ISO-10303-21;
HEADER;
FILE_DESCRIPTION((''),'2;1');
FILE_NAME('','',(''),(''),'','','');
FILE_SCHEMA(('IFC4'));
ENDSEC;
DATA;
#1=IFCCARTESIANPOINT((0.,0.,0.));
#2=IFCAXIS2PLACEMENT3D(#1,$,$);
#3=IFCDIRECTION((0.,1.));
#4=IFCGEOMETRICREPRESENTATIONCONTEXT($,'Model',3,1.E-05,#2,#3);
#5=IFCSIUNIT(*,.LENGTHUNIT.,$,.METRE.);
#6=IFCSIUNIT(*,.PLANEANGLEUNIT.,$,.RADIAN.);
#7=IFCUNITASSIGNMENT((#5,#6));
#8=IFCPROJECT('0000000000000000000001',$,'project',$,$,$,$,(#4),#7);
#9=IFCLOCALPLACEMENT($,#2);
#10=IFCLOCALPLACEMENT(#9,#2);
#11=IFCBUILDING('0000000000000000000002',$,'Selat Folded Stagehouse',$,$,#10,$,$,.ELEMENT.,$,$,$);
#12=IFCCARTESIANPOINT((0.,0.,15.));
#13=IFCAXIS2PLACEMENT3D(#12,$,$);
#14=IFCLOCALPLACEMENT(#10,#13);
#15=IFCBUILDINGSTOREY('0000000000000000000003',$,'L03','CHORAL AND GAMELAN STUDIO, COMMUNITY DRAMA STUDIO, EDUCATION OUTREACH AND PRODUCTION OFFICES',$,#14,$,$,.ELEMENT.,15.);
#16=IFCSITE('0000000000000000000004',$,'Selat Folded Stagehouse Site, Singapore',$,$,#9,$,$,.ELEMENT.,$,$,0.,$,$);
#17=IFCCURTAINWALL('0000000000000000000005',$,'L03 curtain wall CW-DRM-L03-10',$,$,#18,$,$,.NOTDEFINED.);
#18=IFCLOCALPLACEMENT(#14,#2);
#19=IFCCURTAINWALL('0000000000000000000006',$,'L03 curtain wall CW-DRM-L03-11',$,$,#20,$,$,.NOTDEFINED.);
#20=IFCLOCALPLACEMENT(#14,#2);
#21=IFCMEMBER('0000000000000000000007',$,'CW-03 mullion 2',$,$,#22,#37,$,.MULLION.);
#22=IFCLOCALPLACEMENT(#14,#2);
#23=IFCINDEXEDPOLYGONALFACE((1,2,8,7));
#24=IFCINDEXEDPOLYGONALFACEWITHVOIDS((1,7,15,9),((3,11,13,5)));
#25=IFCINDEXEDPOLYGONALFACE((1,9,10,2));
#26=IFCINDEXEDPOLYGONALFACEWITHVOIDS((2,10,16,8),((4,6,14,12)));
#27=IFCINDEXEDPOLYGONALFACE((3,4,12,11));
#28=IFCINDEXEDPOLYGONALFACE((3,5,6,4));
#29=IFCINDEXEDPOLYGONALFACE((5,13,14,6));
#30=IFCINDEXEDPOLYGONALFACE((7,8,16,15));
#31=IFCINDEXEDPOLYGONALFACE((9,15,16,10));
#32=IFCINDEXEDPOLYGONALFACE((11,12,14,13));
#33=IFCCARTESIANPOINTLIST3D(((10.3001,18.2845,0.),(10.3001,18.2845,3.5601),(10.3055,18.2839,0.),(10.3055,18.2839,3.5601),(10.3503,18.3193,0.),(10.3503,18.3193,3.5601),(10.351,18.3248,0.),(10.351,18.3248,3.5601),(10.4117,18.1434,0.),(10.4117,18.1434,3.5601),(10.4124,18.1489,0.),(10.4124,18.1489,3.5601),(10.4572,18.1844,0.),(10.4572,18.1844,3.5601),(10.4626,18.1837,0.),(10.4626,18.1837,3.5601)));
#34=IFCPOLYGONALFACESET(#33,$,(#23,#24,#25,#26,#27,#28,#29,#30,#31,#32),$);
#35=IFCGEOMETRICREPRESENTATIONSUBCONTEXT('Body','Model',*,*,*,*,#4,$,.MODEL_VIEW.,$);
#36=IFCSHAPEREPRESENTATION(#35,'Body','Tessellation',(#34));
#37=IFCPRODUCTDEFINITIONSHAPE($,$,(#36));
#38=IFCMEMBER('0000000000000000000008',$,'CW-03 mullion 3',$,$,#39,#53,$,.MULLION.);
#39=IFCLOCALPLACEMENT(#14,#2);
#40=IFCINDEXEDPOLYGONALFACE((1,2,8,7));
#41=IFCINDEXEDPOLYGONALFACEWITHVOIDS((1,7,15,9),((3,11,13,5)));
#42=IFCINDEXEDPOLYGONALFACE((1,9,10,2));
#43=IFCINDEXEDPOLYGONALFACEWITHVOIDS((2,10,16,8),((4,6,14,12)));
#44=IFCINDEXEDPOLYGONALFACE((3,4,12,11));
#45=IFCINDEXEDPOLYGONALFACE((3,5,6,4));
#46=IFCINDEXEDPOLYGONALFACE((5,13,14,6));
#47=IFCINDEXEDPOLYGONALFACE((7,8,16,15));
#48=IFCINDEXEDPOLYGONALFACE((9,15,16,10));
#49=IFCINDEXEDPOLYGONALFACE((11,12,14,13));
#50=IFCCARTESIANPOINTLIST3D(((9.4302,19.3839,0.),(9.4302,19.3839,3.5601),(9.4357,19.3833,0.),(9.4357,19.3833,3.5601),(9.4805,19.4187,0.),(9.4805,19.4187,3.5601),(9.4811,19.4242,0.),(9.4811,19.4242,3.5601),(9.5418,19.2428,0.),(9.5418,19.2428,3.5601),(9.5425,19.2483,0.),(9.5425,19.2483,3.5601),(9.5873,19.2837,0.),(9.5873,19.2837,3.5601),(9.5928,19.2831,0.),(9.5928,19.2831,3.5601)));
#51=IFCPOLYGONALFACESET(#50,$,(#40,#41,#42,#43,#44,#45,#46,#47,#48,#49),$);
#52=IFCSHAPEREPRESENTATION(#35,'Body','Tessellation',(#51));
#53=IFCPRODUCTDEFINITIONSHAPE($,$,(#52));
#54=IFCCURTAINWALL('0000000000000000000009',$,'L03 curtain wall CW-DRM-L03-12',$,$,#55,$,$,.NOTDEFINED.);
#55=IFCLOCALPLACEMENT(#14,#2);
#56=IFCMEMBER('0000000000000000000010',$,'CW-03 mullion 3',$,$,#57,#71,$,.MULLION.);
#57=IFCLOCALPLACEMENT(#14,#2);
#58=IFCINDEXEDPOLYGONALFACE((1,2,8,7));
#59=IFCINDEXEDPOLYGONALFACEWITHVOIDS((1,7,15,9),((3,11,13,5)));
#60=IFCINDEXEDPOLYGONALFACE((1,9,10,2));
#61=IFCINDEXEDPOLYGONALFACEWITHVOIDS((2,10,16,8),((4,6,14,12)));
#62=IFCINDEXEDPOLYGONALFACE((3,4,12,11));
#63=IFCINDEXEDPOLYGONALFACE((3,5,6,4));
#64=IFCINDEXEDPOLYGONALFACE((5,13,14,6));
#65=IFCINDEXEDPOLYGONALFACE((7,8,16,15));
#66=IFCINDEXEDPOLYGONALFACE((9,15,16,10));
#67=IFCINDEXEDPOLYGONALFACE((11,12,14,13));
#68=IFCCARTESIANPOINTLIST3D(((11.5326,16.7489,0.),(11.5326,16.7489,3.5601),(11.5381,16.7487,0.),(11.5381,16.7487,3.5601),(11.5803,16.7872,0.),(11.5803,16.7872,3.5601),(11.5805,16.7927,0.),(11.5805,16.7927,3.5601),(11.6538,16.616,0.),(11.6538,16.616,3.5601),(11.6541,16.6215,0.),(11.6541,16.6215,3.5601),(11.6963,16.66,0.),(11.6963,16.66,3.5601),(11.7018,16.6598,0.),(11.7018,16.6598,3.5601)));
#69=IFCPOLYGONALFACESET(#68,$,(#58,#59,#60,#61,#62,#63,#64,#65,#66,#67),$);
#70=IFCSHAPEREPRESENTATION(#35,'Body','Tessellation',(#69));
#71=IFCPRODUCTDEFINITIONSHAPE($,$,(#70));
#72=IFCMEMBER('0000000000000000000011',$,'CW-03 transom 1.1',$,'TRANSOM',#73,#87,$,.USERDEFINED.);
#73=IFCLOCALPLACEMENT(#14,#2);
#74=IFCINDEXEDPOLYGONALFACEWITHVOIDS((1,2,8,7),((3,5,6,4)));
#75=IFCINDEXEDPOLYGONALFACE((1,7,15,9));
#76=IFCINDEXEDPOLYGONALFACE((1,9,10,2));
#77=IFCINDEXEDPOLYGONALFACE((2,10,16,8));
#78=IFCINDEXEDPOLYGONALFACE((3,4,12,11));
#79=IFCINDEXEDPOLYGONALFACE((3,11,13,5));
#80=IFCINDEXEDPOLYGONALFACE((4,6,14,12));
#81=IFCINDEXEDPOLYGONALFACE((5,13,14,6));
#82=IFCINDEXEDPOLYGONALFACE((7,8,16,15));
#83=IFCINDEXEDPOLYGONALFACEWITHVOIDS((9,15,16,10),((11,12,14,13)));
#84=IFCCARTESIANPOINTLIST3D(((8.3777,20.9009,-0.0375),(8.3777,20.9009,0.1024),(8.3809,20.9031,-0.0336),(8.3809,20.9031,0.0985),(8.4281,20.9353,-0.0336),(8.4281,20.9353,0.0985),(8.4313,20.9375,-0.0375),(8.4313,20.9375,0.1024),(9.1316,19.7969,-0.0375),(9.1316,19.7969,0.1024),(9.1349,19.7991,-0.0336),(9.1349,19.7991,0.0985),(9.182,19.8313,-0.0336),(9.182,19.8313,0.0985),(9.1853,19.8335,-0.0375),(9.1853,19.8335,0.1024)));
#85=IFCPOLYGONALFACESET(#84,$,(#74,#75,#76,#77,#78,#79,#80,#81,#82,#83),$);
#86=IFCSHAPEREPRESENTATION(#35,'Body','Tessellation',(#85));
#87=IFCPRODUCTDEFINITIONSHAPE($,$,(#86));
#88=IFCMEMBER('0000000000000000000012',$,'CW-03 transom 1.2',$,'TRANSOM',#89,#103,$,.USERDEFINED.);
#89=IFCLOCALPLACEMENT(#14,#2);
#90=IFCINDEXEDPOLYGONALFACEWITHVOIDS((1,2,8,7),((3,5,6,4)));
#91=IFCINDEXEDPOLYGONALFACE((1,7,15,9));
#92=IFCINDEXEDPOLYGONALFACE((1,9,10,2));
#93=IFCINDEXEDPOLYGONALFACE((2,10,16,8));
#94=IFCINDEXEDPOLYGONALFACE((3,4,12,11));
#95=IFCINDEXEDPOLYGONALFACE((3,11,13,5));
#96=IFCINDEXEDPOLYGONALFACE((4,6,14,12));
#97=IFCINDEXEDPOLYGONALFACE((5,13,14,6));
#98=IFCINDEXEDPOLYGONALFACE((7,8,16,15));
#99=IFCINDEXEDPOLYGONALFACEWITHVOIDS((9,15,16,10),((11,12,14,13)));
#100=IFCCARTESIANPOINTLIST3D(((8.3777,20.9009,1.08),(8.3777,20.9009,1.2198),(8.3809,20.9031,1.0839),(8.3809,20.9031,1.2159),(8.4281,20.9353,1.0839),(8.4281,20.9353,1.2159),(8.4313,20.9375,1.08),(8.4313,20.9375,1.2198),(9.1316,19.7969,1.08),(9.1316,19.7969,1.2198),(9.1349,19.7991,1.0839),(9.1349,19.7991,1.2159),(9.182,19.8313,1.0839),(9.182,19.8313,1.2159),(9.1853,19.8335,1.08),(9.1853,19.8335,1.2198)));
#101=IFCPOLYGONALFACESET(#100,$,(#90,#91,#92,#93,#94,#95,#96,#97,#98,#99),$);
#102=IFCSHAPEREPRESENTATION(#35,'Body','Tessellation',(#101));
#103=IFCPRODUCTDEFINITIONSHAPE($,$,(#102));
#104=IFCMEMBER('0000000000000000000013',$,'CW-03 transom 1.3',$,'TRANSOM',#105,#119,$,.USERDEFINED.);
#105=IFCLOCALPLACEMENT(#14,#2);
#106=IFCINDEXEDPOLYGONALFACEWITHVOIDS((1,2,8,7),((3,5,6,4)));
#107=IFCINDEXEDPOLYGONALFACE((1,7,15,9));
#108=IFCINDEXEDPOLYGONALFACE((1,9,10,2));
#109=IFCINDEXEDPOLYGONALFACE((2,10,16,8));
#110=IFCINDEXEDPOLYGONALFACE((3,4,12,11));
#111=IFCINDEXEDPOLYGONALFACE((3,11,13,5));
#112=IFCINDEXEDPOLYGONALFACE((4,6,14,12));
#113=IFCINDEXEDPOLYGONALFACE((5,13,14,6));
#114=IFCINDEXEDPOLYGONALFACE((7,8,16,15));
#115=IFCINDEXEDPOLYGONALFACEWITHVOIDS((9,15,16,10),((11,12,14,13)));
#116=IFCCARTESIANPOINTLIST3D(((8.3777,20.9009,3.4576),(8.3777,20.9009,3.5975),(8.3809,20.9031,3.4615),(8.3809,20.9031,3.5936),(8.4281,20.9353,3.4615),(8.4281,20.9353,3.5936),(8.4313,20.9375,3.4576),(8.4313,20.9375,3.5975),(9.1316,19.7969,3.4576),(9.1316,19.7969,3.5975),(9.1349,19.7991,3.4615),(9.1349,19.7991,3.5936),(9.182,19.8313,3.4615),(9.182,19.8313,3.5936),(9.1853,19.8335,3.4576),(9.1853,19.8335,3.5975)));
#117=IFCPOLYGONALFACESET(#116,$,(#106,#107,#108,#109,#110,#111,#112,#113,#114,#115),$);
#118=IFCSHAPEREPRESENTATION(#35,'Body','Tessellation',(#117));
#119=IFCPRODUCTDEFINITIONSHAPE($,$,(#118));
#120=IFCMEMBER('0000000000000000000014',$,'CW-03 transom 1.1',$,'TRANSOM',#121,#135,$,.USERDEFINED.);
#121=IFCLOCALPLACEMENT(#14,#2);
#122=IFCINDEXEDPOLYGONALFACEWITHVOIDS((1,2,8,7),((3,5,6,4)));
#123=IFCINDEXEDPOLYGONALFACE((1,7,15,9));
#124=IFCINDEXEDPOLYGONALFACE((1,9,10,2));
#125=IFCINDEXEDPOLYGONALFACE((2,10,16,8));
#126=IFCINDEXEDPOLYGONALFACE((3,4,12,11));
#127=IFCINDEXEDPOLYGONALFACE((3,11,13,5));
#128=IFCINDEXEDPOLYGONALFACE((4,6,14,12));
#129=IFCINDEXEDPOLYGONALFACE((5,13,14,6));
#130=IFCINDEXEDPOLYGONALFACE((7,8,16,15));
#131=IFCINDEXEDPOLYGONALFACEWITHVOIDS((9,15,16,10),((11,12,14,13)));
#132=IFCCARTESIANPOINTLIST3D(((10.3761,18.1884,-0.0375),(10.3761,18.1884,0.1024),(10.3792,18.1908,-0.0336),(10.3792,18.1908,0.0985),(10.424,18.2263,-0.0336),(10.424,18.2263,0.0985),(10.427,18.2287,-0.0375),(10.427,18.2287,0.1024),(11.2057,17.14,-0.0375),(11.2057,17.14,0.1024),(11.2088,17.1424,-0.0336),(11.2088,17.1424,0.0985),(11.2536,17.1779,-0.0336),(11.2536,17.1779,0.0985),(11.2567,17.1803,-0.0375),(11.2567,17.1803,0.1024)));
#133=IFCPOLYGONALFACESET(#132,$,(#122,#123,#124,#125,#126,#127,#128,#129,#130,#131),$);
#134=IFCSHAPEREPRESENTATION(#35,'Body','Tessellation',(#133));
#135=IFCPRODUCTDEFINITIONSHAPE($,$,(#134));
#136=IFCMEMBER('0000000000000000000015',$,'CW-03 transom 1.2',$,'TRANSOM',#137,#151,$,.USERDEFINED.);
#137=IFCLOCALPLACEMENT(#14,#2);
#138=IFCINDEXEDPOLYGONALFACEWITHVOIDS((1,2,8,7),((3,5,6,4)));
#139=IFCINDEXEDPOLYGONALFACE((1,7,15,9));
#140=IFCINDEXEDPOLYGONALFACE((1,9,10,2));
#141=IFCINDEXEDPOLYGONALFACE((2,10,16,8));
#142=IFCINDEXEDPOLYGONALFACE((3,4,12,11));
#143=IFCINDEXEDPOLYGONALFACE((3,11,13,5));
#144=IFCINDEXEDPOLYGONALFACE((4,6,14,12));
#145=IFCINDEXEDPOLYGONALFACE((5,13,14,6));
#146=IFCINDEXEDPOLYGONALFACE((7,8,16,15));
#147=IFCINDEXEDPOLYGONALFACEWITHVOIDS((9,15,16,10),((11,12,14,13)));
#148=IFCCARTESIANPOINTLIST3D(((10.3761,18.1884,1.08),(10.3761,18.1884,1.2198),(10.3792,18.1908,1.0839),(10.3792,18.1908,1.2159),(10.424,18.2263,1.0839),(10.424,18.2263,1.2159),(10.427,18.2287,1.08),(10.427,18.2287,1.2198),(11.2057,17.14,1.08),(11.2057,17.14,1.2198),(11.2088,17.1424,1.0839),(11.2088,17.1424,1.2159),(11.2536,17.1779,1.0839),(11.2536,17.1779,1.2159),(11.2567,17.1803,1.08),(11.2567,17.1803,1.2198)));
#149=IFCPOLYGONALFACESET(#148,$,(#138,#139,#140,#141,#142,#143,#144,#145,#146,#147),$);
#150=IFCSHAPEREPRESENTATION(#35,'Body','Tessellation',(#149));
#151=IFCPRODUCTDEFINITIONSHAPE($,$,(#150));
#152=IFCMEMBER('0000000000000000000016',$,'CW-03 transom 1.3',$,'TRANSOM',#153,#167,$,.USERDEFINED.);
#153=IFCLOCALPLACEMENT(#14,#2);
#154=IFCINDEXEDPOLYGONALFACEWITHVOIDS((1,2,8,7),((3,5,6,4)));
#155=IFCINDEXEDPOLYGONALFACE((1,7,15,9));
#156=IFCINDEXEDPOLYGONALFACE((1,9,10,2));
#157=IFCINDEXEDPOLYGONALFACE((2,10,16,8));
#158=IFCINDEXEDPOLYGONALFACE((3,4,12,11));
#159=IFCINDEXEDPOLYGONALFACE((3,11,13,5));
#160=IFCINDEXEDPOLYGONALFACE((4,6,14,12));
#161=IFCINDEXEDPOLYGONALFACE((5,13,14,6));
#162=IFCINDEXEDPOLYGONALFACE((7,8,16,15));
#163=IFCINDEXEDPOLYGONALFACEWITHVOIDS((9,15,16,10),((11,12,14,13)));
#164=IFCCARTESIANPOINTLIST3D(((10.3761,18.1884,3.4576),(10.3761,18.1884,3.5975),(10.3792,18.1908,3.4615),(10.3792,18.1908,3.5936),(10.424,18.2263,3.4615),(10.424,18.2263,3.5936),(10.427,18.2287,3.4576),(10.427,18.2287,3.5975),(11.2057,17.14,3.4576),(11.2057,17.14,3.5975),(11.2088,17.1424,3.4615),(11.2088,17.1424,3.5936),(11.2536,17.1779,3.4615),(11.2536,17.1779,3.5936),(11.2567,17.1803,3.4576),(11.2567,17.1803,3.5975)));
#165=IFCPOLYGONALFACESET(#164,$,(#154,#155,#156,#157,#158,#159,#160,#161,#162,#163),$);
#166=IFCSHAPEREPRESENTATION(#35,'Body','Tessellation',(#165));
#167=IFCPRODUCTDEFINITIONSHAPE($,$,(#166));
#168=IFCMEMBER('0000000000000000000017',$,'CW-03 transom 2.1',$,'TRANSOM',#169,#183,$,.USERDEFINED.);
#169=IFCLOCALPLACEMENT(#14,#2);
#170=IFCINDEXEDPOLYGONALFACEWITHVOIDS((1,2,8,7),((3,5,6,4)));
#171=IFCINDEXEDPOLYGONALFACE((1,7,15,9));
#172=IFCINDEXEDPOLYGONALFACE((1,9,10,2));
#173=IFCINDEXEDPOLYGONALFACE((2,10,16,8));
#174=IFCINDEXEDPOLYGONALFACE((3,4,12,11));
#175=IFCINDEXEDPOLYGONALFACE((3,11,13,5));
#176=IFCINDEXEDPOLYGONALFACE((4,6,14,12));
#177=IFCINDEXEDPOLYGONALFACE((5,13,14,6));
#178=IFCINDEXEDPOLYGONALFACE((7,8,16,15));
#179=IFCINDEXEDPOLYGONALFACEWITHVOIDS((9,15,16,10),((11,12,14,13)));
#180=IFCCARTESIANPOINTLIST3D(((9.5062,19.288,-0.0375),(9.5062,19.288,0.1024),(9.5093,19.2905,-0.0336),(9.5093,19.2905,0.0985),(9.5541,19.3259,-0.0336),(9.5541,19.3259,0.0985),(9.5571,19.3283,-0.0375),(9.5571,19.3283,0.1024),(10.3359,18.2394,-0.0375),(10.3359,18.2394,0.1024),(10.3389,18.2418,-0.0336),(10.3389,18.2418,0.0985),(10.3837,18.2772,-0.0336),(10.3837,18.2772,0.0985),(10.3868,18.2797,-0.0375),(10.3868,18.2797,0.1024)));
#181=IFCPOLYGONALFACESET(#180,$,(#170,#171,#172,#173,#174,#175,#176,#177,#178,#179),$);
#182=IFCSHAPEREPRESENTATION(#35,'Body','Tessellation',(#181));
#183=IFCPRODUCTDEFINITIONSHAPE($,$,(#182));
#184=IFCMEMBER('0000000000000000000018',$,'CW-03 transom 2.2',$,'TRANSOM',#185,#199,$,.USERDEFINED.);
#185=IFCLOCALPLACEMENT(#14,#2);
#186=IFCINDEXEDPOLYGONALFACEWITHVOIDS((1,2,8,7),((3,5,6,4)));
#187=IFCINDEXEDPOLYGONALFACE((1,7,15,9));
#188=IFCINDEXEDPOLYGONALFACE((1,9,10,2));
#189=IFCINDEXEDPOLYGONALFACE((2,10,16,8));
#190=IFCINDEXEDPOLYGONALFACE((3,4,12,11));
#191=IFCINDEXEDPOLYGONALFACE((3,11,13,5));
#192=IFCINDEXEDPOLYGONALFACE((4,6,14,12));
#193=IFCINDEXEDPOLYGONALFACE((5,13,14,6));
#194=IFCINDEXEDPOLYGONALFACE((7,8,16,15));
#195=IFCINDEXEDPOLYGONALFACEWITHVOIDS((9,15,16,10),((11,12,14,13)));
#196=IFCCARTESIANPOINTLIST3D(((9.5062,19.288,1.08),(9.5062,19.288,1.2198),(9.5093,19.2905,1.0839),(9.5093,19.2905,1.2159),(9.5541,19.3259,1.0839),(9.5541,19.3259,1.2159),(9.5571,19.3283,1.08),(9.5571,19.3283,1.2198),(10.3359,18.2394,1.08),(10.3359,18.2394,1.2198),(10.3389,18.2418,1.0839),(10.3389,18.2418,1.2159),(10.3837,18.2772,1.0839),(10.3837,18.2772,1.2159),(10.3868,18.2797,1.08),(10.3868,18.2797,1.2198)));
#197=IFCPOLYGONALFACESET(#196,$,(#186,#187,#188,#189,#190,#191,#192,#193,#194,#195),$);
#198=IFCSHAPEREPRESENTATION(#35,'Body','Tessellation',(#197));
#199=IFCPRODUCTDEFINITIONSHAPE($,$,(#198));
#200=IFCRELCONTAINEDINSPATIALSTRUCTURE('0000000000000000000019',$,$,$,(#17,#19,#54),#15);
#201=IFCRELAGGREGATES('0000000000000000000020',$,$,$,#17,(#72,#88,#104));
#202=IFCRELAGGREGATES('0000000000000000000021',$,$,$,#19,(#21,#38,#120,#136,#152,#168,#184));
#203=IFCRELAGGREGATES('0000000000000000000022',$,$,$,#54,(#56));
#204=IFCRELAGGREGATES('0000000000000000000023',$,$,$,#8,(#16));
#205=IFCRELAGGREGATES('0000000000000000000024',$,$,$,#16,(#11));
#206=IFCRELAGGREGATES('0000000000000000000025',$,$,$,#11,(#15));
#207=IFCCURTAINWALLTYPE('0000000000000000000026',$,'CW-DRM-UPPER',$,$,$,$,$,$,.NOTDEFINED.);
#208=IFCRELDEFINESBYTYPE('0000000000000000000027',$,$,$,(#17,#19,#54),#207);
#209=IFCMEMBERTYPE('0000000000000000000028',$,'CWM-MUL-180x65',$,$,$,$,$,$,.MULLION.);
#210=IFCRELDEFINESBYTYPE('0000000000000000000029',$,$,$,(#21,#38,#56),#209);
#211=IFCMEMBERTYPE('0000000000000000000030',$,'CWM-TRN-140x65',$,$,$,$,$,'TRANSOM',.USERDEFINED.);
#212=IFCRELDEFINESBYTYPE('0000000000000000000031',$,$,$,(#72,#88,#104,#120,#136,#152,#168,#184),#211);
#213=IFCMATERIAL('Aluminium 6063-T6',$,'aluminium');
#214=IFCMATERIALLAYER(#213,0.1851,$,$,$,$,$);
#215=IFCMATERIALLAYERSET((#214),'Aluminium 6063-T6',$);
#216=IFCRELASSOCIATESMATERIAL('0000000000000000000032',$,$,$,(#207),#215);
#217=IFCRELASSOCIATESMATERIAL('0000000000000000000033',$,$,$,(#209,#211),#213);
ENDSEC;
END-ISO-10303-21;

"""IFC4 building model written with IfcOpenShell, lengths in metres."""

from ifc_helpers import new_model, si_unit, direction, frame, origin, origin_2d, place, context, subcontext, project, spatial, hollow_rectangle, extrude, material, layer, layer_set, material_profile, profile_set, type_object, element, aggregate, save


model = new_model("IFC4")

# Units and contexts
model_context = context("Model", 3, precision=1e-05, world=origin(), true_north=direction((0.0, 1.0)))
body_context = subcontext(model_context, "Body", "Model", "MODEL_VIEW")
ifc_project = project(units=[si_unit("LENGTHUNIT", "METRE"), si_unit("PLANEANGLEUNIT", "RADIAN")], contexts=[model_context])

# Site, building, storey
site_placement = place(None, origin())
site = spatial("IfcSite", under=ifc_project, at=site_placement, Name="Selat Folded Stagehouse Site, Singapore", CompositionType="ELEMENT", RefElevation=0.0)
building_placement = place(site_placement, origin())
building = spatial("IfcBuilding", under=site, at=building_placement, Name="Selat Folded Stagehouse", CompositionType="ELEMENT")
storey_placement = place(building_placement, frame((0.0, 0.0, 15.0)))
storey = spatial("IfcBuildingStorey", under=building, at=storey_placement, Name="L03", Description="CHORAL AND GAMELAN STUDIO, COMMUNITY DRAMA STUDIO, EDUCATION OUTREACH AND PRODUCTION OFFICES", CompositionType="ELEMENT", Elevation=15.0)

# Curtain wall
ifc_material_1 = material(Name="Aluminium 6063-T6", Category="aluminium")
ifc_layer_1 = layer(ifc_material_1, 0.1851)
ifc_layer_set_1 = layer_set([ifc_layer_1], Name="Aluminium 6063-T6")
curtain_wall_type = type_object("IfcCurtainWallType", Name="CW-DRM-UPPER", PredefinedType="NOTDEFINED", material=ifc_layer_set_1)
curtain_wall_1_placement = place(storey_placement, origin())
curtain_wall_1 = element("IfcCurtainWall", 1, at=curtain_wall_1_placement, inside=storey, type_object=curtain_wall_type, Name="L03 curtain wall CW-DRM-L03-10", PredefinedType="NOTDEFINED")
ifc_material_profile_1 = material_profile(ifc_material_1, hollow_rectangle(XDim=0.0649, YDim=0.1799, WallThickness=0.0039, at=origin_2d()), Name="ALU 180x65x4.0")
ifc_profile_set_1 = profile_set([ifc_material_profile_1], Name="Aluminium 6063-T6")
member_type_1 = type_object("IfcMemberType", Name="CWM-MUL-180x65", PredefinedType="MULLION", material=ifc_profile_set_1)

# Curtain wall, members
curtain_wall_2_placement = place(storey_placement, origin())
curtain_wall_2 = element("IfcCurtainWall", 2, at=curtain_wall_2_placement, inside=storey, type_object=curtain_wall_type, Name="L03 curtain wall CW-DRM-L03-11", PredefinedType="NOTDEFINED")
member_1_placement = place(storey_placement, frame((10.3813, 18.2341, 0.0), z_axis=(0.0, 0.0, 1.0), x_axis=(-0.78418, -0.620533, 0.0)))
member_1 = element("IfcMember", 3, at=member_1_placement, type_object=member_type_1, Name="CW-03 mullion 2", PredefinedType="MULLION", context=body_context, shape_type="SweptSolid", body=[
    extrude(hollow_rectangle(XDim=0.0649, YDim=0.1799, WallThickness=0.0039, at=origin_2d()), origin(), (0.0, 0.0, 1.0), 3.5601),
])
member_2_placement = place(storey_placement, frame((9.5115, 19.3335, 0.0), z_axis=(0.0, 0.0, 1.0), x_axis=(-0.78418, -0.620533, 0.0)))
member_2 = element("IfcMember", 4, at=member_2_placement, type_object=member_type_1, Name="CW-03 mullion 3", PredefinedType="MULLION", context=body_context, shape_type="SweptSolid", body=[
    extrude(hollow_rectangle(XDim=0.0649, YDim=0.1799, WallThickness=0.0039, at=origin_2d()), origin(), (0.0, 0.0, 1.0), 3.5601),
])

# Curtain wall, member
curtain_wall_3_placement = place(storey_placement, origin())
curtain_wall_3 = element("IfcCurtainWall", 5, at=curtain_wall_3_placement, inside=storey, type_object=curtain_wall_type, Name="L03 curtain wall CW-DRM-L03-12", PredefinedType="NOTDEFINED")
member_3_placement = place(storey_placement, frame((11.6172, 16.7043, 0.0), z_axis=(0.0, 0.0, 1.0), x_axis=(-0.738729, -0.674002, 0.0)))
member_3 = element("IfcMember", 6, at=member_3_placement, type_object=member_type_1, Name="CW-03 mullion 3", PredefinedType="MULLION", context=body_context, shape_type="SweptSolid", body=[
    extrude(hollow_rectangle(XDim=0.0649, YDim=0.1799, WallThickness=0.0039, at=origin_2d()), origin(), (0.0, 0.0, 1.0), 3.5601),
])

# Members
ifc_material_profile_2 = material_profile(ifc_material_1, hollow_rectangle(XDim=0.0649, YDim=0.1399, WallThickness=0.0039, at=origin_2d()), Name="ALU 140x65x4.0")
ifc_profile_set_2 = profile_set([ifc_material_profile_2], Name="Aluminium 6063-T6")
member_type_2 = type_object("IfcMemberType", Name="CWM-TRN-140x65", ElementType="TRANSOM", PredefinedType="USERDEFINED", material=ifc_profile_set_2)
member_4_placement = place(storey_placement, frame((9.1584, 19.8152, 0.0325), z_axis=(-0.563937, 0.825818, 0.0), x_axis=(-0.825818, -0.563937, 0.0)))
member_4 = element("IfcMember", 7, at=member_4_placement, type_object=member_type_2, Name="CW-03 transom 1.1", ObjectType="TRANSOM", PredefinedType="USERDEFINED", context=body_context, shape_type="SweptSolid", body=[
    extrude(hollow_rectangle(XDim=0.0649, YDim=0.1399, WallThickness=0.0039, at=origin_2d()), origin(), (0.0, 0.0, 1.0), 1.3369),
])
member_5_placement = place(storey_placement, frame((9.1584, 19.8152, 1.1499), z_axis=(-0.563937, 0.825818, 0.0), x_axis=(-0.825818, -0.563937, 0.0)))
member_5 = element("IfcMember", 8, at=member_5_placement, type_object=member_type_2, Name="CW-03 transom 1.2", ObjectType="TRANSOM", PredefinedType="USERDEFINED", context=body_context, shape_type="SweptSolid", body=[
    extrude(hollow_rectangle(XDim=0.0649, YDim=0.1399, WallThickness=0.0039, at=origin_2d()), origin(), (0.0, 0.0, 1.0), 1.3369),
])
member_6_placement = place(storey_placement, frame((9.1584, 19.8152, 3.5276), z_axis=(-0.563937, 0.825818, 0.0), x_axis=(-0.825818, -0.563937, 0.0)))
member_6 = element("IfcMember", 9, at=member_6_placement, type_object=member_type_2, Name="CW-03 transom 1.3", ObjectType="TRANSOM", PredefinedType="USERDEFINED", context=body_context, shape_type="SweptSolid", body=[
    extrude(hollow_rectangle(XDim=0.0649, YDim=0.1399, WallThickness=0.0039, at=origin_2d()), origin(), (0.0, 0.0, 1.0), 1.3369),
])
member_7_placement = place(storey_placement, frame((11.2312, 17.1602, 0.0325), z_axis=(-0.620544, 0.784172, 0.0), x_axis=(-0.784172, -0.620544, 0.0)))
member_7 = element("IfcMember", 10, at=member_7_placement, type_object=member_type_2, Name="CW-03 transom 1.1", ObjectType="TRANSOM", PredefinedType="USERDEFINED", context=body_context, shape_type="SweptSolid", body=[
    extrude(hollow_rectangle(XDim=0.0649, YDim=0.1399, WallThickness=0.0039, at=origin_2d()), origin(), (0.0, 0.0, 1.0), 1.3369),
])
member_8_placement = place(storey_placement, frame((11.2312, 17.1602, 1.1499), z_axis=(-0.620544, 0.784172, 0.0), x_axis=(-0.784172, -0.620544, 0.0)))
member_8 = element("IfcMember", 11, at=member_8_placement, type_object=member_type_2, Name="CW-03 transom 1.2", ObjectType="TRANSOM", PredefinedType="USERDEFINED", context=body_context, shape_type="SweptSolid", body=[
    extrude(hollow_rectangle(XDim=0.0649, YDim=0.1399, WallThickness=0.0039, at=origin_2d()), origin(), (0.0, 0.0, 1.0), 1.3369),
])
member_9_placement = place(storey_placement, frame((11.2312, 17.1602, 3.5276), z_axis=(-0.620544, 0.784172, 0.0), x_axis=(-0.784172, -0.620544, 0.0)))
member_9 = element("IfcMember", 12, at=member_9_placement, type_object=member_type_2, Name="CW-03 transom 1.3", ObjectType="TRANSOM", PredefinedType="USERDEFINED", context=body_context, shape_type="SweptSolid", body=[
    extrude(hollow_rectangle(XDim=0.0649, YDim=0.1399, WallThickness=0.0039, at=origin_2d()), origin(), (0.0, 0.0, 1.0), 1.3369),
])
member_10_placement = place(storey_placement, frame((10.3613, 18.2595, 0.0325), z_axis=(-0.620455, 0.784242, 0.0), x_axis=(-0.784242, -0.620455, 0.0)))
member_10 = element("IfcMember", 13, at=member_10_placement, type_object=member_type_2, Name="CW-03 transom 2.1", ObjectType="TRANSOM", PredefinedType="USERDEFINED", context=body_context, shape_type="SweptSolid", body=[
    extrude(hollow_rectangle(XDim=0.0649, YDim=0.1399, WallThickness=0.0039, at=origin_2d()), origin(), (0.0, 0.0, 1.0), 1.3372),
])
member_11_placement = place(storey_placement, frame((10.3613, 18.2595, 1.1499), z_axis=(-0.620455, 0.784242, 0.0), x_axis=(-0.784242, -0.620455, 0.0)))
member_11 = element("IfcMember", 14, at=member_11_placement, type_object=member_type_2, Name="CW-03 transom 2.2", ObjectType="TRANSOM", PredefinedType="USERDEFINED", context=body_context, shape_type="SweptSolid", body=[
    extrude(hollow_rectangle(XDim=0.0649, YDim=0.1399, WallThickness=0.0039, at=origin_2d()), origin(), (0.0, 0.0, 1.0), 1.3372),
])

aggregate(curtain_wall_1, [member_4, member_5, member_6])
aggregate(curtain_wall_2, [member_1, member_2, member_7, member_8, member_9, member_10, member_11])
aggregate(curtain_wall_3, [member_3])

save(model, "model.ifc")
